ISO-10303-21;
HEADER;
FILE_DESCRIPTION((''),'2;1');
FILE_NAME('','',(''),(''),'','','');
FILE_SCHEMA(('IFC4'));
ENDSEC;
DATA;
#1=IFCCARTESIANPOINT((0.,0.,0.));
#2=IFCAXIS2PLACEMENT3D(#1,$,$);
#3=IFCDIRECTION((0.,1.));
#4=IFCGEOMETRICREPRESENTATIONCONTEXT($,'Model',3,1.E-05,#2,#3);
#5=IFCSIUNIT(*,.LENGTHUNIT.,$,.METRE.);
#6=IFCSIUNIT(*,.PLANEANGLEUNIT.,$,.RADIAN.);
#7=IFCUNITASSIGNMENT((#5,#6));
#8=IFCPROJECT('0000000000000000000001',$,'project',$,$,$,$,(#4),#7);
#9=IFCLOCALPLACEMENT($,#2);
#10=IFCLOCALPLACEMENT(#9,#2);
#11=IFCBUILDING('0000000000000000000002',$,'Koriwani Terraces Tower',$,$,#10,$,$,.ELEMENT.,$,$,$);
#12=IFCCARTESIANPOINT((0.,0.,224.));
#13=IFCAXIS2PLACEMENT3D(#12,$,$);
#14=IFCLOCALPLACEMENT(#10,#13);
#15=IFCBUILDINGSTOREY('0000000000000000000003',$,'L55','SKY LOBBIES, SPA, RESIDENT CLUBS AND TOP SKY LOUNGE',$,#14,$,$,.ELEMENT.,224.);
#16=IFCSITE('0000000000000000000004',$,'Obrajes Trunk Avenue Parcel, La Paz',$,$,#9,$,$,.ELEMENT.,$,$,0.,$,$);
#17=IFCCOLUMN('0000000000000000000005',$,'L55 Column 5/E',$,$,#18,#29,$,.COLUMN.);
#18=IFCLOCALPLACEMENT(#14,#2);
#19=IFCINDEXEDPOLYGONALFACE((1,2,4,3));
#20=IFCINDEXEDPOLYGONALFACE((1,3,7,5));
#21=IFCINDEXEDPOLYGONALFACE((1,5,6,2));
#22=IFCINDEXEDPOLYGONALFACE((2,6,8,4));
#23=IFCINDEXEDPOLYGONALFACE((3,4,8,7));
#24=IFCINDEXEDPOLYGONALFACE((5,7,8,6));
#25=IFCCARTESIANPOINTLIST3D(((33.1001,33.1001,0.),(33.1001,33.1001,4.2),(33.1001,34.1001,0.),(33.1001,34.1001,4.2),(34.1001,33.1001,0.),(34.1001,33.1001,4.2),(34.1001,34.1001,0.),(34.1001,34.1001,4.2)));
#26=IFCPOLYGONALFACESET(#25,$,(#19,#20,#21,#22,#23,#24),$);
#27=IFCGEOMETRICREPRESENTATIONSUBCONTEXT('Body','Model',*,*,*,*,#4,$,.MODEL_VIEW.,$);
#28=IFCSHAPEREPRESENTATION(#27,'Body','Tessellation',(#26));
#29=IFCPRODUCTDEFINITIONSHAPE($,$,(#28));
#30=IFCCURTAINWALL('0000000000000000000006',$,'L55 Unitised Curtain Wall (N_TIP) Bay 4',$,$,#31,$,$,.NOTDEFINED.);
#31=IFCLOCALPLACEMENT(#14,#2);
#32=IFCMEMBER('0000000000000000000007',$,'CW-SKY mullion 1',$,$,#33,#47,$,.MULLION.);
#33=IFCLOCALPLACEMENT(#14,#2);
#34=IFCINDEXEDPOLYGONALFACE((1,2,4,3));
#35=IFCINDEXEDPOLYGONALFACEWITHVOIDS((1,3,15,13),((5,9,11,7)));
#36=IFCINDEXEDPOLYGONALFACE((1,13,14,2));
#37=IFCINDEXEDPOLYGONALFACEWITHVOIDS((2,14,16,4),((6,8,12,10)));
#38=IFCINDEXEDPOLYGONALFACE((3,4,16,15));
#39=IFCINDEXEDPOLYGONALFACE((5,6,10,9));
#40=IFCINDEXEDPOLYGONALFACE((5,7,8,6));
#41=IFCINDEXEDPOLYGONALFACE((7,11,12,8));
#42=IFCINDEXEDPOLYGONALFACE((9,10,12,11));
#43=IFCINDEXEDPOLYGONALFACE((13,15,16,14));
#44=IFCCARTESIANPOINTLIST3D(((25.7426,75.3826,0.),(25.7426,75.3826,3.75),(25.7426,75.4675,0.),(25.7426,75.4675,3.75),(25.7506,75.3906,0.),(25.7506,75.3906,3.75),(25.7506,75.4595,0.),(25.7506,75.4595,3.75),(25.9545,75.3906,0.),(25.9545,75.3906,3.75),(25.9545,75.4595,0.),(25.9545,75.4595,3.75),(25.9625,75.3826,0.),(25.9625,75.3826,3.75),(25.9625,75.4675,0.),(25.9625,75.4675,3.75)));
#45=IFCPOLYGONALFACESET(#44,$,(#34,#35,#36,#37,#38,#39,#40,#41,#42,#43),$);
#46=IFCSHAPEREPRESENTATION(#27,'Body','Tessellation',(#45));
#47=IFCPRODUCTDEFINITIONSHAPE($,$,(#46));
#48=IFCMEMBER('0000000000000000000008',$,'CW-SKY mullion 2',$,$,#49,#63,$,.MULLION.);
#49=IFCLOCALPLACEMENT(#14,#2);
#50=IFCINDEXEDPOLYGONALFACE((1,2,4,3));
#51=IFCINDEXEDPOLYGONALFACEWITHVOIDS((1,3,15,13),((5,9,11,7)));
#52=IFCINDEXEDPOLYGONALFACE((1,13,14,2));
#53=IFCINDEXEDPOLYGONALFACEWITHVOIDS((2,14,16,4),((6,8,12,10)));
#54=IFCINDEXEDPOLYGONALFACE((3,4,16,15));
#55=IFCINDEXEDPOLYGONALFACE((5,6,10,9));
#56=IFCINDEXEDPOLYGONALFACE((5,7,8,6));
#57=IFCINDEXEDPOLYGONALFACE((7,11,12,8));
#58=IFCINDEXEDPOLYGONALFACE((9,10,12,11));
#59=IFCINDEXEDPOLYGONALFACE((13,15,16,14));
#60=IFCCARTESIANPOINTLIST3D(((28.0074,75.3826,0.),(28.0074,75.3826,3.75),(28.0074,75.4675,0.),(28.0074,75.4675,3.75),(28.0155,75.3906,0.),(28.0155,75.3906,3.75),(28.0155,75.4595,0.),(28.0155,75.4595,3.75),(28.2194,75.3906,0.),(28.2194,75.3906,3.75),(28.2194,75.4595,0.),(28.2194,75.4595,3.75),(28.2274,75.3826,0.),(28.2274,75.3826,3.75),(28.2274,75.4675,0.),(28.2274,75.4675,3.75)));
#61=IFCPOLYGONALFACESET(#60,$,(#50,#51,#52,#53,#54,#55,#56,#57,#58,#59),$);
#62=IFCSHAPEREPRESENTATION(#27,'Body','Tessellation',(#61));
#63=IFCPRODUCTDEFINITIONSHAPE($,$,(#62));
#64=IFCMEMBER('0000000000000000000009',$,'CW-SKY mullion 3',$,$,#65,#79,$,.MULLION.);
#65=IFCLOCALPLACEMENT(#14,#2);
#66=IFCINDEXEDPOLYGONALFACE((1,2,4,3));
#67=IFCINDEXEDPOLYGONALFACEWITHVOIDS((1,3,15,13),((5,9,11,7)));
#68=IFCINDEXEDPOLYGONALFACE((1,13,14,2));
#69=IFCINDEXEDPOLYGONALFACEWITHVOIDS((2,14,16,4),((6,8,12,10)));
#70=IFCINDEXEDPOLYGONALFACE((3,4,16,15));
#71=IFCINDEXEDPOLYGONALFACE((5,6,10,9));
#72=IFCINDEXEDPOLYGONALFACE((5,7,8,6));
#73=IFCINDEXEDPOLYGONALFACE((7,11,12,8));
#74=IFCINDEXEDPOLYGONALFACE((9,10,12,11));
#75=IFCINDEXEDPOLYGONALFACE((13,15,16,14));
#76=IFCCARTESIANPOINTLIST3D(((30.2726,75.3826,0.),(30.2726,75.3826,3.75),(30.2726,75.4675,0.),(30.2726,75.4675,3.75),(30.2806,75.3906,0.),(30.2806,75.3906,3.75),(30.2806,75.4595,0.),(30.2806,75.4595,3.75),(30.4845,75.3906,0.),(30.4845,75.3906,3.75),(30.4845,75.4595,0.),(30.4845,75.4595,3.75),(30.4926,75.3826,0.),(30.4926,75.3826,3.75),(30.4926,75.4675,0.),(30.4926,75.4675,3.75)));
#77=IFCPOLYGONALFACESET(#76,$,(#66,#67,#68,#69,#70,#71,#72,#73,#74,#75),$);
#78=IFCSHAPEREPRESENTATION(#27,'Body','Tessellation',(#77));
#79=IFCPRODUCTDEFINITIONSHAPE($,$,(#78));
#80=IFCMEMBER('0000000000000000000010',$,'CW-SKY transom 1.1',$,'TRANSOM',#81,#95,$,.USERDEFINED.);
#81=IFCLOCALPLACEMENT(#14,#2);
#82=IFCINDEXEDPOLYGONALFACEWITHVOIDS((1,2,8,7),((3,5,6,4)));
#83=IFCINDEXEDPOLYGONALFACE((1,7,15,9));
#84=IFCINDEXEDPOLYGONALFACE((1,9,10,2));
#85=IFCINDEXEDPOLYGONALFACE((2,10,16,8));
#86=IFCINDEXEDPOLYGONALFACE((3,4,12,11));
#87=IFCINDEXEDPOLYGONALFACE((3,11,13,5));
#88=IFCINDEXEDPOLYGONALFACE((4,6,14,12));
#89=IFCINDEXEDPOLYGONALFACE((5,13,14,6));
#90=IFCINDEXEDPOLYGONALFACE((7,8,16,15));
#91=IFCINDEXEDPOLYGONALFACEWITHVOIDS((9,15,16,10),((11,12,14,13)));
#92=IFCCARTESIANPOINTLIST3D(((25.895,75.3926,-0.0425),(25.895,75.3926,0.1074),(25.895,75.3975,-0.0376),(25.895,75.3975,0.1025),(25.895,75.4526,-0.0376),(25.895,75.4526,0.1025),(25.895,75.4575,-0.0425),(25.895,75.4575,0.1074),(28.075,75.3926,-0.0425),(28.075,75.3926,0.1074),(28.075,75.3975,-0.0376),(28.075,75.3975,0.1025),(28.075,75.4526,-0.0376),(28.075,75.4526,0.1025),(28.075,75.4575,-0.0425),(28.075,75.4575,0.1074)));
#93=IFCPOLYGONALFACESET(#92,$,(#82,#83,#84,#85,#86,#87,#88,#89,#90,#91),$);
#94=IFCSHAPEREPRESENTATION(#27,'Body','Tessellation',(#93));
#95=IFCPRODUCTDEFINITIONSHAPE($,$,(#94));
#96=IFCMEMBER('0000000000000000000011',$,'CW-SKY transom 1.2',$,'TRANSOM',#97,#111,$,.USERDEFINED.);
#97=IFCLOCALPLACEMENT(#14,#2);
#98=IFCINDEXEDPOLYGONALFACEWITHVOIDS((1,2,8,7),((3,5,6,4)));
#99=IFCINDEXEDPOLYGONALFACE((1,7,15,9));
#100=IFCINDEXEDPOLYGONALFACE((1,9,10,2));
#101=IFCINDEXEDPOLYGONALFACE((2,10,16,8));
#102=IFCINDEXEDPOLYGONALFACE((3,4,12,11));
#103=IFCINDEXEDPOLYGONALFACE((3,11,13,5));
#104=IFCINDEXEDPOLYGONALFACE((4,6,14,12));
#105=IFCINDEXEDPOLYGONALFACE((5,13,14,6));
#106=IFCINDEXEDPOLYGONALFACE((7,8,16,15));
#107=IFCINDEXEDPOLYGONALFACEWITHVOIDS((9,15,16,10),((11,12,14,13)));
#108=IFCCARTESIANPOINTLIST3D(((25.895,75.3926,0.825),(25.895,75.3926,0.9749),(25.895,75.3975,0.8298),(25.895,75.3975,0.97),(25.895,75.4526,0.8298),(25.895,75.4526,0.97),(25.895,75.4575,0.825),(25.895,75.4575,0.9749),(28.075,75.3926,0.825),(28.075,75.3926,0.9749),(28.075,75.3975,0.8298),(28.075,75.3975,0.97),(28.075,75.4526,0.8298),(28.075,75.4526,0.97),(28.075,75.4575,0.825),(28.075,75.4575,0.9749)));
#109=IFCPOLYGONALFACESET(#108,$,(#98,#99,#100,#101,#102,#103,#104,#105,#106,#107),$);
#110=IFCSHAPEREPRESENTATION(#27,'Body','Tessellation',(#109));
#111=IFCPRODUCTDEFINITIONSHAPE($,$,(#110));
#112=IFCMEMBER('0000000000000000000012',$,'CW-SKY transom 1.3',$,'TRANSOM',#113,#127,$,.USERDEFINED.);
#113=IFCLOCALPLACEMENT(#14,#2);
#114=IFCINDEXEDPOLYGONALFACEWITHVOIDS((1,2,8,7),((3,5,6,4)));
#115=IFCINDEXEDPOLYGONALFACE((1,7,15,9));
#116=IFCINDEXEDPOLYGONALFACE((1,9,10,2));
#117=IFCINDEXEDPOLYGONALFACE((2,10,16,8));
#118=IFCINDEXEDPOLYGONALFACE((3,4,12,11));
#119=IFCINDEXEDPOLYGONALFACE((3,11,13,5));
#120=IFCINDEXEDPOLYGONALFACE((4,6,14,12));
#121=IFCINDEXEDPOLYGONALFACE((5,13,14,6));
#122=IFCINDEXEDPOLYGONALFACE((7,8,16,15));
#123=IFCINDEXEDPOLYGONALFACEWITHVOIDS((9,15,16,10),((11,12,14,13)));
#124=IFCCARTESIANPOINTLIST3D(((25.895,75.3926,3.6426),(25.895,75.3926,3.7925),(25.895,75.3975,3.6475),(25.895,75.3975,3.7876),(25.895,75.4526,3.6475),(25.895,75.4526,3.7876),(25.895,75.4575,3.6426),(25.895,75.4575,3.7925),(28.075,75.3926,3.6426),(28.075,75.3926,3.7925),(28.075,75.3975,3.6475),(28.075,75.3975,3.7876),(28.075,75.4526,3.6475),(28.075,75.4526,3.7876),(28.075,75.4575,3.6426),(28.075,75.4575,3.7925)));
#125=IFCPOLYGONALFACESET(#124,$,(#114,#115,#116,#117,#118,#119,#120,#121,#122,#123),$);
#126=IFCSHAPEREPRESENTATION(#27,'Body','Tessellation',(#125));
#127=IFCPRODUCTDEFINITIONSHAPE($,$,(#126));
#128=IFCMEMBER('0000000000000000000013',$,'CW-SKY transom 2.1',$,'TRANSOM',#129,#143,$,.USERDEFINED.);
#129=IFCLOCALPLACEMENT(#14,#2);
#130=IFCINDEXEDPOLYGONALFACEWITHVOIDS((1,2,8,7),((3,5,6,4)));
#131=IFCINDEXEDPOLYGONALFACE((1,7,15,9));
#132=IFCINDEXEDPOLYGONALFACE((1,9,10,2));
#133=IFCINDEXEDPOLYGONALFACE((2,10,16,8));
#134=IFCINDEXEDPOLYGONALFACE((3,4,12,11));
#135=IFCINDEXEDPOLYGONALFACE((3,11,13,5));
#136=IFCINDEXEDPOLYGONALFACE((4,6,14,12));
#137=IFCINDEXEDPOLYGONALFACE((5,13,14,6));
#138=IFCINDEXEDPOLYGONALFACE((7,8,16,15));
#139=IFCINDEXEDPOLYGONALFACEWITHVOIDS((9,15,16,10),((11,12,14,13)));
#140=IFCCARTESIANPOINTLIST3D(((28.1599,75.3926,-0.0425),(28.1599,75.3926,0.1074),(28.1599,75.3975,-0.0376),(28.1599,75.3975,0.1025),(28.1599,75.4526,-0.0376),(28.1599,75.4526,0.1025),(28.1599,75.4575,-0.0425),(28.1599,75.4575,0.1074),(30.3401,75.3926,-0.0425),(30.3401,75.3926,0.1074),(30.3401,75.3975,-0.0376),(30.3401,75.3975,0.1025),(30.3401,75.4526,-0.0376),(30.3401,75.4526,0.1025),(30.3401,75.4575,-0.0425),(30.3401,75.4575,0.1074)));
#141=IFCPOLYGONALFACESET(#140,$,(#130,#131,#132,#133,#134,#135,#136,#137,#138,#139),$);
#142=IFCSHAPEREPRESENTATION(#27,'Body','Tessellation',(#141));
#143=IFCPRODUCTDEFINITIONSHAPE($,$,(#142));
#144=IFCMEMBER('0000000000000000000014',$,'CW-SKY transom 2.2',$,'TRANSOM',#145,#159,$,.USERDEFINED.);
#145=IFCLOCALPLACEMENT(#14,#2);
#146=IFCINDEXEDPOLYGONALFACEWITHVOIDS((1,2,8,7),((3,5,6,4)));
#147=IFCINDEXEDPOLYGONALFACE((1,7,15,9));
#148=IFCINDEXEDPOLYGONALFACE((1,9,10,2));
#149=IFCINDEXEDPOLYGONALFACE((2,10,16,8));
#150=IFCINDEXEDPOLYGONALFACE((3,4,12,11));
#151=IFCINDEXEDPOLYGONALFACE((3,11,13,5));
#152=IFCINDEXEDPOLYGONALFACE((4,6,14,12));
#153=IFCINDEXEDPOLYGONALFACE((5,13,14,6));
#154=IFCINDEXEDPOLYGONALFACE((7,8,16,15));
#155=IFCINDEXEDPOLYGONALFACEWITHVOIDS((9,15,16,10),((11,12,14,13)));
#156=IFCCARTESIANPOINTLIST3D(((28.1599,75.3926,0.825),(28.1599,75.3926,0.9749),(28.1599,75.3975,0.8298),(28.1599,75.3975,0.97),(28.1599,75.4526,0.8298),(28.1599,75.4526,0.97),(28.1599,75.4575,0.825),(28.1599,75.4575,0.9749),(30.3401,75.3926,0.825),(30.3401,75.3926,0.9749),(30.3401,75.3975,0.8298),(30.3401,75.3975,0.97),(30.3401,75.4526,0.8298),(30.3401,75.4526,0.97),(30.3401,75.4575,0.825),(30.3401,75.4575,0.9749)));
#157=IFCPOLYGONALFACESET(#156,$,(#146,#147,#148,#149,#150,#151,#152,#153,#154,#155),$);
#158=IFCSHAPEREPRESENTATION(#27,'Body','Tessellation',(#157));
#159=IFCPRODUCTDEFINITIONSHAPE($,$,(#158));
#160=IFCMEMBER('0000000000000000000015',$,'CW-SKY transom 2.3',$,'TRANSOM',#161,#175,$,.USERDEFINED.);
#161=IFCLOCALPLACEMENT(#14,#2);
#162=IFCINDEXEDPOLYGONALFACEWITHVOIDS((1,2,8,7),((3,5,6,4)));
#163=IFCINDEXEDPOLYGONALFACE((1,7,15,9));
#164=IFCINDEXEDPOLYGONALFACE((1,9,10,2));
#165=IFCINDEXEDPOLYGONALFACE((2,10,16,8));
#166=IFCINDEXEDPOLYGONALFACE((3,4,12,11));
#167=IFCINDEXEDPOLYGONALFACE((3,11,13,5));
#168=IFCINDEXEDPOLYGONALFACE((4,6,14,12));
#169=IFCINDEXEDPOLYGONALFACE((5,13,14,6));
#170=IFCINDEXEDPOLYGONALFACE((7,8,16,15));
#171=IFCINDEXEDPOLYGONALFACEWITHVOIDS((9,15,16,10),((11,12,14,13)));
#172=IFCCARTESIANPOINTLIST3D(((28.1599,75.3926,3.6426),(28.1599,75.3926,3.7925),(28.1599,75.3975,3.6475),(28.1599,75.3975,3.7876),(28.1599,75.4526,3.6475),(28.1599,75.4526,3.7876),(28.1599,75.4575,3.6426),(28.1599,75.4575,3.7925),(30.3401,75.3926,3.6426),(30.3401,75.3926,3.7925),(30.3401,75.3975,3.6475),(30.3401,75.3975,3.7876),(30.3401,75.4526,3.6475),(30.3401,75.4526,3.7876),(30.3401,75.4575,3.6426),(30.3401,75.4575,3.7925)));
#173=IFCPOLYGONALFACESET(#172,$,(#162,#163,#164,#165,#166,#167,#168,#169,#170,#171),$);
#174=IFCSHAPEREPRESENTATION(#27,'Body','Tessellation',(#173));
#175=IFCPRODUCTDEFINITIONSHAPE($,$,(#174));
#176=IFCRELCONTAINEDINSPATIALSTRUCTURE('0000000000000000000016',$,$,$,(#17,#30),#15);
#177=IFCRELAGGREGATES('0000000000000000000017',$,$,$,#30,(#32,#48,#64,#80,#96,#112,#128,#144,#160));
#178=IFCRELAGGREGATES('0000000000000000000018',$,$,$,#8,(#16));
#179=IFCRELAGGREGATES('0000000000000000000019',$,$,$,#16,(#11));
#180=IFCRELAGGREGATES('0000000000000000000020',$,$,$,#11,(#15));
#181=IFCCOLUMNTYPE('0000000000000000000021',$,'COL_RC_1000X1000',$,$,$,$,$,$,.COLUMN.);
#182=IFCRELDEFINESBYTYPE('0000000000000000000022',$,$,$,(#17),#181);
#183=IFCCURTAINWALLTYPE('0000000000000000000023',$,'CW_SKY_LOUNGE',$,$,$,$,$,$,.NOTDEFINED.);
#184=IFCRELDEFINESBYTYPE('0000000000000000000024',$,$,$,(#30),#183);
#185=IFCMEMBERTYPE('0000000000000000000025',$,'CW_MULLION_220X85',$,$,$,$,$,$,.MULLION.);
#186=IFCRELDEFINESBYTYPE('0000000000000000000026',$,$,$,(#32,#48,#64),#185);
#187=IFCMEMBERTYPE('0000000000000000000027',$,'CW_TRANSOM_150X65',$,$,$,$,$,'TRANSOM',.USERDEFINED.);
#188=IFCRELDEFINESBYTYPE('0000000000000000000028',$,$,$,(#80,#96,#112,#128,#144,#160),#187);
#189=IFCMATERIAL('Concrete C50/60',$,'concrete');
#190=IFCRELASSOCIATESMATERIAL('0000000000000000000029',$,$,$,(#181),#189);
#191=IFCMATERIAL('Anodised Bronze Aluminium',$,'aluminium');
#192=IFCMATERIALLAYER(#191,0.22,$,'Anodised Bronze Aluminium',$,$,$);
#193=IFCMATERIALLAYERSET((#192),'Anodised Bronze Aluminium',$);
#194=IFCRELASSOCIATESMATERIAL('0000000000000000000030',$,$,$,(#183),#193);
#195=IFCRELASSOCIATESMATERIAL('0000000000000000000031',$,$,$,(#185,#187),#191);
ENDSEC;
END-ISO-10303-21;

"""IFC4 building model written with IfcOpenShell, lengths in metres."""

from ifc_helpers import new_model, si_unit, direction, frame, origin, origin_2d, place, context, subcontext, project, spatial, rectangle, hollow_rectangle, extrude, material, layer, layer_set, material_profile, profile_set, type_object, element, aggregate, save


model = new_model("IFC4")

# Units and contexts
model_context = context("Model", 3, precision=1e-05, world=origin(), true_north=direction((0.0, 1.0)))
body_context = subcontext(model_context, "Body", "Model", "MODEL_VIEW")
ifc_project = project(units=[si_unit("LENGTHUNIT", "METRE"), si_unit("PLANEANGLEUNIT", "RADIAN")], contexts=[model_context])

# Site, building, storey
site_placement = place(None, origin())
site = spatial("IfcSite", under=ifc_project, at=site_placement, Name="Obrajes Trunk Avenue Parcel, La Paz", CompositionType="ELEMENT", RefElevation=0.0)
building_placement = place(site_placement, origin())
building = spatial("IfcBuilding", under=site, at=building_placement, Name="Koriwani Terraces Tower", CompositionType="ELEMENT")
storey_placement = place(building_placement, frame((0.0, 0.0, 224.0)))
storey = spatial("IfcBuildingStorey", under=building, at=storey_placement, Name="L55", Description="SKY LOBBIES, SPA, RESIDENT CLUBS AND TOP SKY LOUNGE", CompositionType="ELEMENT", Elevation=224.0)

# Column
ifc_material_1 = material(Name="Concrete C50/60", Category="concrete")
ifc_material_profile_1 = material_profile(ifc_material_1, rectangle(XDim=1.0, YDim=1.0, at=origin_2d()), Name="Concrete C50/60", Category="LoadBearing")
ifc_profile_set_1 = profile_set([ifc_material_profile_1], Name="Concrete C50/60")
column_type = type_object("IfcColumnType", Name="COL_RC_1000X1000", PredefinedType="COLUMN", material=ifc_profile_set_1)
column_placement = place(storey_placement, frame((33.6001, 33.6001, 0.0), z_axis=(0.0, 0.0, 1.0), x_axis=(1.0, 0.0, 0.0)))
element("IfcColumn", 1, at=column_placement, inside=storey, type_object=column_type, Name="L55 Column 5/E", PredefinedType="COLUMN", context=body_context, shape_type="SweptSolid", body=[
    extrude(rectangle(XDim=1.0, YDim=1.0, at=origin_2d()), origin(), (0.0, 0.0, 1.0), 4.2),
])

# Curtain wall, members
ifc_material_2 = material(Name="Anodised Bronze Aluminium", Category="aluminium")
ifc_layer_1 = layer(ifc_material_2, 0.22, Name="Anodised Bronze Aluminium")
ifc_layer_set_1 = layer_set([ifc_layer_1], Name="Anodised Bronze Aluminium")
curtain_wall_type = type_object("IfcCurtainWallType", Name="CW_SKY_LOUNGE", PredefinedType="NOTDEFINED", material=ifc_layer_set_1)
curtain_wall_placement = place(storey_placement, origin())
curtain_wall = element("IfcCurtainWall", 2, at=curtain_wall_placement, inside=storey, type_object=curtain_wall_type, Name="L55 Unitised Curtain Wall (N_TIP) Bay 4", PredefinedType="NOTDEFINED")
ifc_material_profile_2 = material_profile(ifc_material_2, hollow_rectangle(XDim=0.085, YDim=0.22, WallThickness=0.0081, at=origin_2d()), Name="Anodised Bronze Aluminium", Category="LoadBearing")
ifc_profile_set_2 = profile_set([ifc_material_profile_2], Name="Anodised Bronze Aluminium")
member_type_1 = type_object("IfcMemberType", Name="CW_MULLION_220X85", PredefinedType="MULLION", material=ifc_profile_set_2)
member_1_placement = place(storey_placement, frame((25.8525, 75.425, 0.0), z_axis=(0.0, 0.0, 1.0), x_axis=(0.0, 1.0, 0.0)))
member_1 = element("IfcMember", 3, at=member_1_placement, type_object=member_type_1, Name="CW-SKY mullion 1", PredefinedType="MULLION", context=body_context, shape_type="SweptSolid", body=[
    extrude(hollow_rectangle(XDim=0.085, YDim=0.22, WallThickness=0.0081, at=origin_2d()), origin(), (0.0, 0.0, 1.0), 3.75),
])
member_2_placement = place(storey_placement, frame((28.1174, 75.425, 0.0), z_axis=(0.0, 0.0, 1.0), x_axis=(0.0, 1.0, 0.0)))
member_2 = element("IfcMember", 4, at=member_2_placement, type_object=member_type_1, Name="CW-SKY mullion 2", PredefinedType="MULLION", context=body_context, shape_type="SweptSolid", body=[
    extrude(hollow_rectangle(XDim=0.085, YDim=0.22, WallThickness=0.0081, at=origin_2d()), origin(), (0.0, 0.0, 1.0), 3.75),
])
member_3_placement = place(storey_placement, frame((30.3826, 75.425, 0.0), z_axis=(0.0, 0.0, 1.0), x_axis=(0.0, 1.0, 0.0)))
member_3 = element("IfcMember", 5, at=member_3_placement, type_object=member_type_1, Name="CW-SKY mullion 3", PredefinedType="MULLION", context=body_context, shape_type="SweptSolid", body=[
    extrude(hollow_rectangle(XDim=0.085, YDim=0.22, WallThickness=0.0081, at=origin_2d()), origin(), (0.0, 0.0, 1.0), 3.75),
])
ifc_material_profile_3 = material_profile(ifc_material_2, hollow_rectangle(XDim=0.0649, YDim=0.1499, WallThickness=0.0049, at=origin_2d()), Name="Anodised Bronze Aluminium", Category="LoadBearing")
ifc_profile_set_3 = profile_set([ifc_material_profile_3], Name="Anodised Bronze Aluminium")
member_type_2 = type_object("IfcMemberType", Name="CW_TRANSOM_150X65", ElementType="TRANSOM", PredefinedType="USERDEFINED", material=ifc_profile_set_3)
member_4_placement = place(storey_placement, frame((25.895, 75.425, 0.0325), z_axis=(1.0, 0.0, 0.0), x_axis=(0.0, 1.0, 0.0)))
member_4 = element("IfcMember", 6, at=member_4_placement, type_object=member_type_2, Name="CW-SKY transom 1.1", ObjectType="TRANSOM", PredefinedType="USERDEFINED", context=body_context, shape_type="SweptSolid", body=[
    extrude(hollow_rectangle(XDim=0.0649, YDim=0.1499, WallThickness=0.0049, at=origin_2d()), origin(), (0.0, 0.0, 1.0), 2.1799),
])
member_5_placement = place(storey_placement, frame((25.895, 75.425, 0.8999), z_axis=(1.0, 0.0, 0.0), x_axis=(0.0, 1.0, 0.0)))
member_5 = element("IfcMember", 7, at=member_5_placement, type_object=member_type_2, Name="CW-SKY transom 1.2", ObjectType="TRANSOM", PredefinedType="USERDEFINED", context=body_context, shape_type="SweptSolid", body=[
    extrude(hollow_rectangle(XDim=0.0649, YDim=0.1499, WallThickness=0.0049, at=origin_2d()), origin(), (0.0, 0.0, 1.0), 2.1799),
])
member_6_placement = place(storey_placement, frame((25.895, 75.425, 3.7175), z_axis=(1.0, 0.0, 0.0), x_axis=(0.0, 1.0, 0.0)))
member_6 = element("IfcMember", 8, at=member_6_placement, type_object=member_type_2, Name="CW-SKY transom 1.3", ObjectType="TRANSOM", PredefinedType="USERDEFINED", context=body_context, shape_type="SweptSolid", body=[
    extrude(hollow_rectangle(XDim=0.0649, YDim=0.1499, WallThickness=0.0049, at=origin_2d()), origin(), (0.0, 0.0, 1.0), 2.1799),
])
member_7_placement = place(storey_placement, frame((28.1599, 75.425, 0.0325), z_axis=(1.0, 0.0, 0.0), x_axis=(0.0, 1.0, 0.0)))
member_7 = element("IfcMember", 9, at=member_7_placement, type_object=member_type_2, Name="CW-SKY transom 2.1", ObjectType="TRANSOM", PredefinedType="USERDEFINED", context=body_context, shape_type="SweptSolid", body=[
    extrude(hollow_rectangle(XDim=0.0649, YDim=0.1499, WallThickness=0.0049, at=origin_2d()), origin(), (0.0, 0.0, 1.0), 2.1802),
])
member_8_placement = place(storey_placement, frame((28.1599, 75.425, 0.8999), z_axis=(1.0, 0.0, 0.0), x_axis=(0.0, 1.0, 0.0)))
member_8 = element("IfcMember", 10, at=member_8_placement, type_object=member_type_2, Name="CW-SKY transom 2.2", ObjectType="TRANSOM", PredefinedType="USERDEFINED", context=body_context, shape_type="SweptSolid", body=[
    extrude(hollow_rectangle(XDim=0.0649, YDim=0.1499, WallThickness=0.0049, at=origin_2d()), origin(), (0.0, 0.0, 1.0), 2.1802),
])
member_9_placement = place(storey_placement, frame((28.1599, 75.425, 3.7175), z_axis=(1.0, 0.0, 0.0), x_axis=(0.0, 1.0, 0.0)))
member_9 = element("IfcMember", 11, at=member_9_placement, type_object=member_type_2, Name="CW-SKY transom 2.3", ObjectType="TRANSOM", PredefinedType="USERDEFINED", context=body_context, shape_type="SweptSolid", body=[
    extrude(hollow_rectangle(XDim=0.0649, YDim=0.1499, WallThickness=0.0049, at=origin_2d()), origin(), (0.0, 0.0, 1.0), 2.1802),
])

aggregate(curtain_wall, [member_1, member_2, member_3, member_4, member_5, member_6, member_7, member_8, member_9])

save(model, "model.ifc")
